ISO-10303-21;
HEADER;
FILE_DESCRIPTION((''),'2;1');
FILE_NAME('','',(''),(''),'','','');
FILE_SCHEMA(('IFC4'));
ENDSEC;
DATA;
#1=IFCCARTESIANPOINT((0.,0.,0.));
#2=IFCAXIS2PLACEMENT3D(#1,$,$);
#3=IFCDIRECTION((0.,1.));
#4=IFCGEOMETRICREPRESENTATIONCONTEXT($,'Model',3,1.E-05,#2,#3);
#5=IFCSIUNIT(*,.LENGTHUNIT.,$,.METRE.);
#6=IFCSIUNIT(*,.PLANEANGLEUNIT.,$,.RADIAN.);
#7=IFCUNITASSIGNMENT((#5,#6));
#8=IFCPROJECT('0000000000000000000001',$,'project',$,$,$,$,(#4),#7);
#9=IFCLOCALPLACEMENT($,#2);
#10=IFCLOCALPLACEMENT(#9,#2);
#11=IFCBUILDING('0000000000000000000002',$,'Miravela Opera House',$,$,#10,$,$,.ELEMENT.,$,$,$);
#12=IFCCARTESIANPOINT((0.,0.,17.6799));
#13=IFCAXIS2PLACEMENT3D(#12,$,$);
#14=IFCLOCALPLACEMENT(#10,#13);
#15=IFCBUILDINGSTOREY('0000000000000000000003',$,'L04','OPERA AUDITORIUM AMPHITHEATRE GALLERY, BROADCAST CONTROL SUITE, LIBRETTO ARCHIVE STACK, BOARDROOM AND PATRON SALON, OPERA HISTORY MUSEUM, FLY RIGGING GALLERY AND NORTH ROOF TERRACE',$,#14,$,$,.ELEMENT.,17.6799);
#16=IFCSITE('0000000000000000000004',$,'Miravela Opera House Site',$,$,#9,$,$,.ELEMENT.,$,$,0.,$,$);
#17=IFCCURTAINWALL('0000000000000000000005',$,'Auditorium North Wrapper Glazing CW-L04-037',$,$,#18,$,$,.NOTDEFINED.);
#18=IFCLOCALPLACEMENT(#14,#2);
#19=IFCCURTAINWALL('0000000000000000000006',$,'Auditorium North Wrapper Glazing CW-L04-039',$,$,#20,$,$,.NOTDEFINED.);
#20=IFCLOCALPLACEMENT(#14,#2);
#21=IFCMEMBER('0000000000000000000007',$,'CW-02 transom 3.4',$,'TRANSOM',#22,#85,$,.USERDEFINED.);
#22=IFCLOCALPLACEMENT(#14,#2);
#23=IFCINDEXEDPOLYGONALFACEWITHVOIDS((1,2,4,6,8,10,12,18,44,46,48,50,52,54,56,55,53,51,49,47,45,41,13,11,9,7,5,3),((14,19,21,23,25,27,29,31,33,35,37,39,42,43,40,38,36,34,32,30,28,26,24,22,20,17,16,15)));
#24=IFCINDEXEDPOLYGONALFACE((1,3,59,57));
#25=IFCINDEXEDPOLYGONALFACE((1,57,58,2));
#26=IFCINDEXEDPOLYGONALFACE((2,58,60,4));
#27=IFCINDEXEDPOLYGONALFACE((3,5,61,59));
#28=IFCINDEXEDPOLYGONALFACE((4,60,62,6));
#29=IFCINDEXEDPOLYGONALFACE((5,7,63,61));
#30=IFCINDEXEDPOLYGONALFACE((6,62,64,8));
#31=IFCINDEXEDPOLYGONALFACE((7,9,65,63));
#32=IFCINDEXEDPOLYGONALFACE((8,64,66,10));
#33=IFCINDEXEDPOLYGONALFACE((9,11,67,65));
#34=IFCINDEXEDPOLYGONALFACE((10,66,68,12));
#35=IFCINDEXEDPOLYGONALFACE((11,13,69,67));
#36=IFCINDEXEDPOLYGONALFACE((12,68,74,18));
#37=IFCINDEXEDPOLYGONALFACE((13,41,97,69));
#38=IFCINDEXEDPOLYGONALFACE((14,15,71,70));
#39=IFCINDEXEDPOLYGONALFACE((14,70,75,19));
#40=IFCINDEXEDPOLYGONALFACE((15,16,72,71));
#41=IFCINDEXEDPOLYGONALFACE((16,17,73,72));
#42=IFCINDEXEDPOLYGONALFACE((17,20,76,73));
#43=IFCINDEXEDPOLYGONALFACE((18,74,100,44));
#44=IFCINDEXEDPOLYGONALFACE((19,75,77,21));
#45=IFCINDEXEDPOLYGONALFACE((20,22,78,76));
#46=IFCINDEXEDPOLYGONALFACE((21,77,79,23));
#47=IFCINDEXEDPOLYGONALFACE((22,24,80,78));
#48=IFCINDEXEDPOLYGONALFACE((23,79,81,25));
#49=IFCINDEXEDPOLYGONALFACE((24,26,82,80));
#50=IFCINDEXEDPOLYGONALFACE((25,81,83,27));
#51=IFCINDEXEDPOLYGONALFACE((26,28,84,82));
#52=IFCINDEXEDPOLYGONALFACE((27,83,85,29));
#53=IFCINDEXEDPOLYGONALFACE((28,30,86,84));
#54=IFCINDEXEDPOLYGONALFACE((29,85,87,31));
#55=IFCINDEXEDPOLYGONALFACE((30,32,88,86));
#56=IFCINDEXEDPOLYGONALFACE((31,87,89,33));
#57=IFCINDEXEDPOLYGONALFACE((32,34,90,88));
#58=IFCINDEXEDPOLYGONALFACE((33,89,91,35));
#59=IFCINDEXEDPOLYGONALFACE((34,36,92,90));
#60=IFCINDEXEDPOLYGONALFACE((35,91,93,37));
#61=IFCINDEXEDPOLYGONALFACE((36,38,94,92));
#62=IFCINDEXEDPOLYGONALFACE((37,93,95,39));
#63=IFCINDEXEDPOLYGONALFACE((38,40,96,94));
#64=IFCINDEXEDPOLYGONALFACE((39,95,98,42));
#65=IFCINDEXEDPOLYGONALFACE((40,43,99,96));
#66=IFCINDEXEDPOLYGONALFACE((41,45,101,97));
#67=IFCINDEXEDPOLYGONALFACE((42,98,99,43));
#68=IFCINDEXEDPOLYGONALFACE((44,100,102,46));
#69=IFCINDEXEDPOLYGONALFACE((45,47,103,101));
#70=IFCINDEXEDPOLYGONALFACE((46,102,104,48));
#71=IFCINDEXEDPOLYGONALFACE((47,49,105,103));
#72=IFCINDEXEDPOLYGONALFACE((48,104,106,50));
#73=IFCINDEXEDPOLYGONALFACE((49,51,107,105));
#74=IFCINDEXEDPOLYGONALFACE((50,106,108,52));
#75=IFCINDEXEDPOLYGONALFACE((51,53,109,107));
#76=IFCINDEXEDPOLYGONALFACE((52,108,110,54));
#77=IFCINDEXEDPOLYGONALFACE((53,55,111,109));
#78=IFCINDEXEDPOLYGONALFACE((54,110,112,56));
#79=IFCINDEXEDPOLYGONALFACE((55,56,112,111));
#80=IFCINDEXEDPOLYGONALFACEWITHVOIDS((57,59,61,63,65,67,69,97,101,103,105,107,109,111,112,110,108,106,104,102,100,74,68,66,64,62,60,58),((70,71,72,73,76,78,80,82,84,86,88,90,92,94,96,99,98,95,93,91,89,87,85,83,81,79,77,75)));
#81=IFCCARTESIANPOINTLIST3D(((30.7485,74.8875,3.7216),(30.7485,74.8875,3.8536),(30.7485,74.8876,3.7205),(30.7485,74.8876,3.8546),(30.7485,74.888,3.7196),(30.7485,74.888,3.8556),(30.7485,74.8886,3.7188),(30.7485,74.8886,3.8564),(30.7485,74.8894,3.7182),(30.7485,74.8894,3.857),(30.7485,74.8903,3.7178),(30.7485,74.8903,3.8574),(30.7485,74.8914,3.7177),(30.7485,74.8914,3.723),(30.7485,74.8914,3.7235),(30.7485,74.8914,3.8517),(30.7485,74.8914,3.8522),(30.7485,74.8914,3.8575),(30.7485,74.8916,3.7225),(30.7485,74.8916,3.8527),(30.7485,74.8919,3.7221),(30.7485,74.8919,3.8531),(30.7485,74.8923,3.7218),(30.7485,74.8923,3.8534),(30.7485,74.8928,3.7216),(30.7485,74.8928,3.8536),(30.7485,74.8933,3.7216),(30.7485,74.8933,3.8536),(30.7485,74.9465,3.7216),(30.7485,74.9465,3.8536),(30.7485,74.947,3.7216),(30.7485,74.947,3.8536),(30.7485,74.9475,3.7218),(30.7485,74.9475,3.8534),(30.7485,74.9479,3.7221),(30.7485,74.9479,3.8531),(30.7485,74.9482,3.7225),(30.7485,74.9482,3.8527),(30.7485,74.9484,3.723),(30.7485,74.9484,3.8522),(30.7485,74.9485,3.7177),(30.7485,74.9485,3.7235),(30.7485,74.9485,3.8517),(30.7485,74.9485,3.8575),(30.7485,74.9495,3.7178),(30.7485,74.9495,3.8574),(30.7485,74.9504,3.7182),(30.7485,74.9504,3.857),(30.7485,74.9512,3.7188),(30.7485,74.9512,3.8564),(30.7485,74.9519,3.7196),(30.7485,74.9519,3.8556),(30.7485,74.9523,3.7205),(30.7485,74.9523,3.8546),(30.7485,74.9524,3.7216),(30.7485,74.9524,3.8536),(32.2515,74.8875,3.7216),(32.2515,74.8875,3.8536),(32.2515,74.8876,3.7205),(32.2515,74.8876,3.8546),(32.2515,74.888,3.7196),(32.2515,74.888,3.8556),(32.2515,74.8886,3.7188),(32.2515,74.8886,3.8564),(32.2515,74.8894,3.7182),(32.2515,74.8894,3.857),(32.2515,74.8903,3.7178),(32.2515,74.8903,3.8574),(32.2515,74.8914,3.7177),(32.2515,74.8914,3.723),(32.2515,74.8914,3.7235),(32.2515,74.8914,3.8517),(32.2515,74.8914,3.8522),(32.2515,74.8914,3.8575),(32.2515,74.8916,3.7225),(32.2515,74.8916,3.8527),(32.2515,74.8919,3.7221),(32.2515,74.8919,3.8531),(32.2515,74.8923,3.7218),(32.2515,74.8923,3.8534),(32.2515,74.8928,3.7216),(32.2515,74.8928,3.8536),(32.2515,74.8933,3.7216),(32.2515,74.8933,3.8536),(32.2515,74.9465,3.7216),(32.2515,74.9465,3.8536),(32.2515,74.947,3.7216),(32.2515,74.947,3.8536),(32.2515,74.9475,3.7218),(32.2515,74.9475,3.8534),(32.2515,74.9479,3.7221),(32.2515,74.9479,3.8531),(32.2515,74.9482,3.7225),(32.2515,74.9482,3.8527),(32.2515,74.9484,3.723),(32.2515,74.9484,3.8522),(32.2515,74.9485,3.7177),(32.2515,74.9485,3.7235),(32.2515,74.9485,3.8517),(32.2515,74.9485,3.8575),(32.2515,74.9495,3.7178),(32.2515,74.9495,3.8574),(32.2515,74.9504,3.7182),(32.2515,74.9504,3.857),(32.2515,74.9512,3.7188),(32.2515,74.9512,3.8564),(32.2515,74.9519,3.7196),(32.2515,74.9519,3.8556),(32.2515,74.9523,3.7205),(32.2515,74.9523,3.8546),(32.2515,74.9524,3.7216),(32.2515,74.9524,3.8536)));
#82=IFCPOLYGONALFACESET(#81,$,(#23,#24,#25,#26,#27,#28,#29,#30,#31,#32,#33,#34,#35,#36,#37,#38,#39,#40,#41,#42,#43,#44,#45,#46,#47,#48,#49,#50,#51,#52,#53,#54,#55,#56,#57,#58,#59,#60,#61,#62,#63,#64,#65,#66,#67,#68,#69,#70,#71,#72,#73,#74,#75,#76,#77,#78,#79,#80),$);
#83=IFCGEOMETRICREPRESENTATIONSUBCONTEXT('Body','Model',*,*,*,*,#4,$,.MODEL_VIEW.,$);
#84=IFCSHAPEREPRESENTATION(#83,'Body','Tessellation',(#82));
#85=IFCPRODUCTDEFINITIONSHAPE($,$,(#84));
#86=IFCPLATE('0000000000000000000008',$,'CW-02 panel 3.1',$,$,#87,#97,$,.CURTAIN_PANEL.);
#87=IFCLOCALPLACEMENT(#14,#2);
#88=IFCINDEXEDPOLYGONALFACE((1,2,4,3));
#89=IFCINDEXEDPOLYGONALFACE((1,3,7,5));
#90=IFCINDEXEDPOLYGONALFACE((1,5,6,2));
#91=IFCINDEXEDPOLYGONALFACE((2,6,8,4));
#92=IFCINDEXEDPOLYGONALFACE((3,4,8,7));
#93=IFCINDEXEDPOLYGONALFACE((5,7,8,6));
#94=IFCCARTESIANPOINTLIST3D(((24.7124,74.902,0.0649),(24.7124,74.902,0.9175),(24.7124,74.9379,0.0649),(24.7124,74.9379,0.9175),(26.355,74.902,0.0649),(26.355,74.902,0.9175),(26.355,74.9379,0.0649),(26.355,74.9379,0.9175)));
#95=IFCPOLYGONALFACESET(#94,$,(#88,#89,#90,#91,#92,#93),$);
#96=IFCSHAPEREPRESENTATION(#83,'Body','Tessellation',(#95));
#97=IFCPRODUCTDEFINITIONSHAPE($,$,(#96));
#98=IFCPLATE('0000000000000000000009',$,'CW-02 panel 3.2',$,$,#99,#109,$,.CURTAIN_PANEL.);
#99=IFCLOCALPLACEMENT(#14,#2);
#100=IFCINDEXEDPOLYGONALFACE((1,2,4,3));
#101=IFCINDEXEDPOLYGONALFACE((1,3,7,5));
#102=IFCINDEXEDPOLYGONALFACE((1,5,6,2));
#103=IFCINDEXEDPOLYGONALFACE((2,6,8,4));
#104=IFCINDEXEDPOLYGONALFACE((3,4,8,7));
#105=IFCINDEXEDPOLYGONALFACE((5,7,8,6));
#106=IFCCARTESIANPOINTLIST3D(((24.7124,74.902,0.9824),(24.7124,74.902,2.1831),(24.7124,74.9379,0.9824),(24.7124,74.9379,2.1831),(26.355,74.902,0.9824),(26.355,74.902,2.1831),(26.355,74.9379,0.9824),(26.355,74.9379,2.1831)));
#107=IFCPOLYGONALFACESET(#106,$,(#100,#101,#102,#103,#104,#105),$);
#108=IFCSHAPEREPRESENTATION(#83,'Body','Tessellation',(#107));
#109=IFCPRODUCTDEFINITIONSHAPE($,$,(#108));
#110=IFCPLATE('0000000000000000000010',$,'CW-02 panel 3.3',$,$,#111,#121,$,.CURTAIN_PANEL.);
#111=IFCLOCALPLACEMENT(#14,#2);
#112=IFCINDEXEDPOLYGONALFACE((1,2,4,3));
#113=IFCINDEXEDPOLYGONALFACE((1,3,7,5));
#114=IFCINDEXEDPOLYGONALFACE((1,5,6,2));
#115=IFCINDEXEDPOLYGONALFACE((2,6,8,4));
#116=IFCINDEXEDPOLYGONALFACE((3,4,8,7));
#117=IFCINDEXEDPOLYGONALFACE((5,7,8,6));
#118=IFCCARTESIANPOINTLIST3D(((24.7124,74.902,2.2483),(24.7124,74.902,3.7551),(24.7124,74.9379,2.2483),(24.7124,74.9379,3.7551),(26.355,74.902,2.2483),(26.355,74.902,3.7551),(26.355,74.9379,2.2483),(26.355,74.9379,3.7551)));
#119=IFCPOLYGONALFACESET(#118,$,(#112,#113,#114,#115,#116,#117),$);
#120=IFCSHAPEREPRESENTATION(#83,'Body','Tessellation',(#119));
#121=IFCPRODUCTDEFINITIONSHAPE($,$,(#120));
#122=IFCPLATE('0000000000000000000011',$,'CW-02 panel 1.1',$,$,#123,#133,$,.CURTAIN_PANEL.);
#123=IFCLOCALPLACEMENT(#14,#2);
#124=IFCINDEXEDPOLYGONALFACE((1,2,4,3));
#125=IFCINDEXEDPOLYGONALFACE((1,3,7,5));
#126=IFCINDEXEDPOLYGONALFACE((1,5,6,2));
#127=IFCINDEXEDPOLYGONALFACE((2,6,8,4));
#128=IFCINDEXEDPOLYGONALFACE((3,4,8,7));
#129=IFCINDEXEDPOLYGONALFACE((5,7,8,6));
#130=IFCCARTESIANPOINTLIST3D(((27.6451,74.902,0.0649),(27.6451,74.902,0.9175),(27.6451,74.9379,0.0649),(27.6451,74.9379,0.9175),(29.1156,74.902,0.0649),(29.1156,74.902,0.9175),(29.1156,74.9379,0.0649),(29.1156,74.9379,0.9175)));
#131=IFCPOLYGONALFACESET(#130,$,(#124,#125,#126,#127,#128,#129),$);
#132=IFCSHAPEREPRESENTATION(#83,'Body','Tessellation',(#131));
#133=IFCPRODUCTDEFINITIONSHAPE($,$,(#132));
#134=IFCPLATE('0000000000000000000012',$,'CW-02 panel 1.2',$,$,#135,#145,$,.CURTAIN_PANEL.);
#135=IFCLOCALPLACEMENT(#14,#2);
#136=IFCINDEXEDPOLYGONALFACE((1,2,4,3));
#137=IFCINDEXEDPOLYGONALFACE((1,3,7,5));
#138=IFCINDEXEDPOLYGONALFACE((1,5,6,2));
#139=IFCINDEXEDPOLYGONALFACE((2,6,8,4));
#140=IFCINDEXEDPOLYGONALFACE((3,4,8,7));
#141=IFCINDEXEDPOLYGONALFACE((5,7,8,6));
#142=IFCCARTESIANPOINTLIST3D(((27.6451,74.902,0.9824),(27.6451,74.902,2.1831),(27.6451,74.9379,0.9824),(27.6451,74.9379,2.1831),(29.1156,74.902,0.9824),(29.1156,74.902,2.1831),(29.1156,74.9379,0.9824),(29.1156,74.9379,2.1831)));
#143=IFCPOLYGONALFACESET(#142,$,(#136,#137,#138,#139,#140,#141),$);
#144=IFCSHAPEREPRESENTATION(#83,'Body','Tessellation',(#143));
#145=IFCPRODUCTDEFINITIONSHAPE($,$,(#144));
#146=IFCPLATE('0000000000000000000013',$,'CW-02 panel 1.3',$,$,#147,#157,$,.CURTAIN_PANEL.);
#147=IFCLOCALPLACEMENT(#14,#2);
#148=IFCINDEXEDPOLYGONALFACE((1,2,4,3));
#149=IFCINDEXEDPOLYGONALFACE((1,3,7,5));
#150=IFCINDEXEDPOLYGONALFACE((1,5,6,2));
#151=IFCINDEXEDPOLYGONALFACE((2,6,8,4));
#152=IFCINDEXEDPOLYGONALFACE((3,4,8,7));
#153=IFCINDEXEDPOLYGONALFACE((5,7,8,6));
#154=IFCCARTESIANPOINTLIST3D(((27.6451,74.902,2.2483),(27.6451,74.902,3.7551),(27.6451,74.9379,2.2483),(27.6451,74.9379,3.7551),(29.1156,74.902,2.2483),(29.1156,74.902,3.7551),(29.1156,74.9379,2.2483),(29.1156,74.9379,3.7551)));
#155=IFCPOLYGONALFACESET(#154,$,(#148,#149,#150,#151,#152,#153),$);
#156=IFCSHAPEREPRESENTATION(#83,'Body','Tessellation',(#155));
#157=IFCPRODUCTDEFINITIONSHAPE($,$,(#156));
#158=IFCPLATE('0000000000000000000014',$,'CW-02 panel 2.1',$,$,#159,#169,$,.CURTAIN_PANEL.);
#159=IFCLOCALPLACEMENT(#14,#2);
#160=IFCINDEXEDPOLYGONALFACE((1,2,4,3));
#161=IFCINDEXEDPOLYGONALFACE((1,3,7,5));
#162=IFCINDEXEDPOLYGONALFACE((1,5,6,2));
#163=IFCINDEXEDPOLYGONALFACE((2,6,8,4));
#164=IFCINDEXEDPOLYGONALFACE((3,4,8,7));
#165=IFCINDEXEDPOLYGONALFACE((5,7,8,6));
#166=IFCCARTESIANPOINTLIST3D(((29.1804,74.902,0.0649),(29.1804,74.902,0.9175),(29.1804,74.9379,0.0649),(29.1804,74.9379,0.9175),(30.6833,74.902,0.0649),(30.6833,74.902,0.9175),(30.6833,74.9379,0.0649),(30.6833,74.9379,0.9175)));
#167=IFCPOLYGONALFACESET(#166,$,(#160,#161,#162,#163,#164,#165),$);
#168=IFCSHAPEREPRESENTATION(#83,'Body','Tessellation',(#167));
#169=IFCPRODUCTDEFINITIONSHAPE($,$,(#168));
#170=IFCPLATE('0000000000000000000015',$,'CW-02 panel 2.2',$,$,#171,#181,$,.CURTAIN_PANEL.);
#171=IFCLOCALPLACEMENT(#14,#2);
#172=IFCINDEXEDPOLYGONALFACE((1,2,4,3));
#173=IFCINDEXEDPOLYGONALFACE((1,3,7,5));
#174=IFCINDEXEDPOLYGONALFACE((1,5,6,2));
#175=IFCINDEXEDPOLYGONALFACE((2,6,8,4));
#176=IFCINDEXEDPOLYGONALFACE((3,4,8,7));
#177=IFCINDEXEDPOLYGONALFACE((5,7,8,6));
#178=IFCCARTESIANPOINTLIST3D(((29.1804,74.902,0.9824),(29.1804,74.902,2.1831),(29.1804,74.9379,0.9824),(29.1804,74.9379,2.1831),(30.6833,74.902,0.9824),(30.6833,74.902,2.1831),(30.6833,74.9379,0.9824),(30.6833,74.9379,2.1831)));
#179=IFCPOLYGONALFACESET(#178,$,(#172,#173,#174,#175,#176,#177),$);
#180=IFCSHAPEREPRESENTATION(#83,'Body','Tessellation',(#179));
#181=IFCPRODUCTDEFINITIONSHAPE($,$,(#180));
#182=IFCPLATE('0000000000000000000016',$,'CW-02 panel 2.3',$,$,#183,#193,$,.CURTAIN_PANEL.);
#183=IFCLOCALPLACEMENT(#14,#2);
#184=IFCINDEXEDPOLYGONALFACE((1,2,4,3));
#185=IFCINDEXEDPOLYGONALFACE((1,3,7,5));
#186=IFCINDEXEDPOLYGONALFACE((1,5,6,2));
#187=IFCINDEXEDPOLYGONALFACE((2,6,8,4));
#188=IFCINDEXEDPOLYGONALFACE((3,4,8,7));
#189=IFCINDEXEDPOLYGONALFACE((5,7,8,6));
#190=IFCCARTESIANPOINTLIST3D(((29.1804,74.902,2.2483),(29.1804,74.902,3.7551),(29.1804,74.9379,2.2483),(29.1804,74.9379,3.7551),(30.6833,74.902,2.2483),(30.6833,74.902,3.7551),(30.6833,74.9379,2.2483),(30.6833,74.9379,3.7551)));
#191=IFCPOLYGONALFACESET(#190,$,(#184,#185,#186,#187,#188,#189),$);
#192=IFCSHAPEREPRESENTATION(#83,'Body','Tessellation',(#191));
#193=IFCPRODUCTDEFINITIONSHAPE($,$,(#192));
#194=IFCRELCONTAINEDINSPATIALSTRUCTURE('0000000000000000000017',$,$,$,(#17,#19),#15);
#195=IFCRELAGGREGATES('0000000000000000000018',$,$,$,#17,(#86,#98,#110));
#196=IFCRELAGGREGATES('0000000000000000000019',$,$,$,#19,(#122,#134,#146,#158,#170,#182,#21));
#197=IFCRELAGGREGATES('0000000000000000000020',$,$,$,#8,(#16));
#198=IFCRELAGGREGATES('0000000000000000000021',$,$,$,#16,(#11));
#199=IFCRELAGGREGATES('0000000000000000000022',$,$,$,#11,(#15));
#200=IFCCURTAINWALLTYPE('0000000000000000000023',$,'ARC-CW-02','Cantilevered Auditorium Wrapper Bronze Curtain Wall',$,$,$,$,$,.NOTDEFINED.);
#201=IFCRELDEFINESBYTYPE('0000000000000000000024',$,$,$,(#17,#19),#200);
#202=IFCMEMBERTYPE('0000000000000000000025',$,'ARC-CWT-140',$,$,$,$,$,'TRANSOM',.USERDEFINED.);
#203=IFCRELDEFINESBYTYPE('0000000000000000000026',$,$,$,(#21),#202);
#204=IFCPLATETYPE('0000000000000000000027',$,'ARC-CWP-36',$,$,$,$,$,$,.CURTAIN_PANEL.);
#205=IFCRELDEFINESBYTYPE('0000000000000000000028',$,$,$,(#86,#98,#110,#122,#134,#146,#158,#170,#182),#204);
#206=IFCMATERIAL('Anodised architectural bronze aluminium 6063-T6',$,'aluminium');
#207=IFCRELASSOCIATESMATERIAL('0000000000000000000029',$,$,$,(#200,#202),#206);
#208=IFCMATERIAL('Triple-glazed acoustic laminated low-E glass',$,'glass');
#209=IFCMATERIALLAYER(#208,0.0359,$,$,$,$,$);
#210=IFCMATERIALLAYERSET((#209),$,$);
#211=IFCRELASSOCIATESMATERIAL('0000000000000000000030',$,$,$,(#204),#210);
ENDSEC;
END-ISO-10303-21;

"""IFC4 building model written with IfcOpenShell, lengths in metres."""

from ifc_helpers import new_model, si_unit, direction, frame, origin, origin_2d, place, context, subcontext, project, spatial, rectangle, hollow_rectangle, extrude, material, layer, layer_set, material_profile, profile_set, type_object, element, aggregate, save


model = new_model("IFC4")

# Units and contexts
model_context = context("Model", 3, precision=1e-05, world=origin(), true_north=direction((0.0, 1.0)))
body_context = subcontext(model_context, "Body", "Model", "MODEL_VIEW")
ifc_project = project(units=[si_unit("LENGTHUNIT", "METRE"), si_unit("PLANEANGLEUNIT", "RADIAN")], contexts=[model_context])

# Site, building, storey
site_placement = place(None, origin())
site = spatial("IfcSite", under=ifc_project, at=site_placement, Name="Miravela Opera House Site", CompositionType="ELEMENT", RefElevation=0.0)
building_placement = place(site_placement, origin())
building = spatial("IfcBuilding", under=site, at=building_placement, Name="Miravela Opera House", CompositionType="ELEMENT")
storey_placement = place(building_placement, frame((0.0, 0.0, 17.6799)))
storey = spatial("IfcBuildingStorey", under=building, at=storey_placement, Name="L04", Description="OPERA AUDITORIUM AMPHITHEATRE GALLERY, BROADCAST CONTROL SUITE, LIBRETTO ARCHIVE STACK, BOARDROOM AND PATRON SALON, OPERA HISTORY MUSEUM, FLY RIGGING GALLERY AND NORTH ROOF TERRACE", CompositionType="ELEMENT", Elevation=17.6799)

# Curtain wall
ifc_material_1 = material(Name="Anodised architectural bronze aluminium 6063-T6", Category="aluminium")
curtain_wall_type = type_object("IfcCurtainWallType", Name="ARC-CW-02", Description="Cantilevered Auditorium Wrapper Bronze Curtain Wall", PredefinedType="NOTDEFINED", material=ifc_material_1)
curtain_wall_1_placement = place(storey_placement, origin())
curtain_wall_1 = element("IfcCurtainWall", 1, at=curtain_wall_1_placement, inside=storey, type_object=curtain_wall_type, Name="Auditorium North Wrapper Glazing CW-L04-037", PredefinedType="NOTDEFINED")

# Curtain wall
curtain_wall_2_placement = place(storey_placement, origin())
curtain_wall_2 = element("IfcCurtainWall", 2, at=curtain_wall_2_placement, inside=storey, type_object=curtain_wall_type, Name="Auditorium North Wrapper Glazing CW-L04-039", PredefinedType="NOTDEFINED")

# Member
ifc_material_profile_1 = material_profile(ifc_material_1, hollow_rectangle(XDim=0.0649, YDim=0.1399, WallThickness=0.0039, InnerFilletRadius=0.002, OuterFilletRadius=0.0039, at=origin_2d()), Name="CWT-65X140")
ifc_profile_set_1 = profile_set([ifc_material_profile_1])
member_type_1 = type_object("IfcMemberType", Name="ARC-CWT-140", ElementType="TRANSOM", PredefinedType="USERDEFINED", material=ifc_profile_set_1)
member_1_placement = place(storey_placement, frame((30.7485, 74.9199, 3.7876), z_axis=(1.0, 0.0, 0.0), x_axis=(0.0, 1.0, 0.0)))
member_1 = element("IfcMember", 3, at=member_1_placement, type_object=member_type_1, Name="CW-02 transom 3.4", ObjectType="TRANSOM", PredefinedType="USERDEFINED", context=body_context, shape_type="SweptSolid", body=[
    extrude(hollow_rectangle(XDim=0.0649, YDim=0.1399, WallThickness=0.0039, InnerFilletRadius=0.002, OuterFilletRadius=0.0039, at=origin_2d()), origin(), (0.0, 0.0, 1.0), 1.5029),
])

# Plates
ifc_material_2 = material(Name="Triple-glazed acoustic laminated low-E glass", Category="glass")
ifc_layer = layer(ifc_material_2, 0.0359)
ifc_layer_set = layer_set([ifc_layer])
plate_type = type_object("IfcPlateType", Name="ARC-CWP-36", PredefinedType="CURTAIN_PANEL", material=ifc_layer_set)
plate_1_placement = place(storey_placement, frame((25.5337, 74.9199, 0.0649), z_axis=(0.0, 0.0, 1.0), x_axis=(1.0, 0.0, 0.0)))
plate_1 = element("IfcPlate", 4, at=plate_1_placement, type_object=plate_type, Name="CW-02 panel 3.1", PredefinedType="CURTAIN_PANEL", context=body_context, shape_type="SweptSolid", body=[
    extrude(rectangle(XDim=1.6426, YDim=0.0359, at=origin_2d()), origin(), (0.0, 0.0, 1.0), 0.8525),
])
plate_2_placement = place(storey_placement, frame((25.5337, 74.9199, 0.9824), z_axis=(0.0, 0.0, 1.0), x_axis=(1.0, 0.0, 0.0)))
plate_2 = element("IfcPlate", 5, at=plate_2_placement, type_object=plate_type, Name="CW-02 panel 3.2", PredefinedType="CURTAIN_PANEL", context=body_context, shape_type="SweptSolid", body=[
    extrude(rectangle(XDim=1.6426, YDim=0.0359, at=origin_2d()), origin(), (0.0, 0.0, 1.0), 1.2007),
])
plate_3_placement = place(storey_placement, frame((25.5337, 74.9199, 2.2483), z_axis=(0.0, 0.0, 1.0), x_axis=(1.0, 0.0, 0.0)))
plate_3 = element("IfcPlate", 6, at=plate_3_placement, type_object=plate_type, Name="CW-02 panel 3.3", PredefinedType="CURTAIN_PANEL", context=body_context, shape_type="SweptSolid", body=[
    extrude(rectangle(XDim=1.6426, YDim=0.0359, at=origin_2d()), origin(), (0.0, 0.0, 1.0), 1.5068),
])
aggregate(curtain_wall_1, [plate_1, plate_2, plate_3])
plate_4_placement = place(storey_placement, frame((28.3804, 74.9199, 0.0649), z_axis=(0.0, 0.0, 1.0), x_axis=(1.0, 0.0, 0.0)))
plate_4 = element("IfcPlate", 7, at=plate_4_placement, type_object=plate_type, Name="CW-02 panel 1.1", PredefinedType="CURTAIN_PANEL", context=body_context, shape_type="SweptSolid", body=[
    extrude(rectangle(XDim=1.4705, YDim=0.0359, at=origin_2d()), origin(), (0.0, 0.0, 1.0), 0.8525),
])
plate_5_placement = place(storey_placement, frame((28.3804, 74.9199, 0.9824), z_axis=(0.0, 0.0, 1.0), x_axis=(1.0, 0.0, 0.0)))
plate_5 = element("IfcPlate", 8, at=plate_5_placement, type_object=plate_type, Name="CW-02 panel 1.2", PredefinedType="CURTAIN_PANEL", context=body_context, shape_type="SweptSolid", body=[
    extrude(rectangle(XDim=1.4705, YDim=0.0359, at=origin_2d()), origin(), (0.0, 0.0, 1.0), 1.2007),
])
plate_6_placement = place(storey_placement, frame((28.3804, 74.9199, 2.2483), z_axis=(0.0, 0.0, 1.0), x_axis=(1.0, 0.0, 0.0)))
plate_6 = element("IfcPlate", 9, at=plate_6_placement, type_object=plate_type, Name="CW-02 panel 1.3", PredefinedType="CURTAIN_PANEL", context=body_context, shape_type="SweptSolid", body=[
    extrude(rectangle(XDim=1.4705, YDim=0.0359, at=origin_2d()), origin(), (0.0, 0.0, 1.0), 1.5068),
])
plate_7_placement = place(storey_placement, frame((29.9319, 74.9199, 0.0649), z_axis=(0.0, 0.0, 1.0), x_axis=(1.0, 0.0, 0.0)))
plate_7 = element("IfcPlate", 10, at=plate_7_placement, type_object=plate_type, Name="CW-02 panel 2.1", PredefinedType="CURTAIN_PANEL", context=body_context, shape_type="SweptSolid", body=[
    extrude(rectangle(XDim=1.5029, YDim=0.0359, at=origin_2d()), origin(), (0.0, 0.0, 1.0), 0.8525),
])
plate_8_placement = place(storey_placement, frame((29.9319, 74.9199, 0.9824), z_axis=(0.0, 0.0, 1.0), x_axis=(1.0, 0.0, 0.0)))
plate_8 = element("IfcPlate", 11, at=plate_8_placement, type_object=plate_type, Name="CW-02 panel 2.2", PredefinedType="CURTAIN_PANEL", context=body_context, shape_type="SweptSolid", body=[
    extrude(rectangle(XDim=1.5029, YDim=0.0359, at=origin_2d()), origin(), (0.0, 0.0, 1.0), 1.2007),
])
plate_9_placement = place(storey_placement, frame((29.9319, 74.9199, 2.2483), z_axis=(0.0, 0.0, 1.0), x_axis=(1.0, 0.0, 0.0)))
plate_9 = element("IfcPlate", 12, at=plate_9_placement, type_object=plate_type, Name="CW-02 panel 2.3", PredefinedType="CURTAIN_PANEL", context=body_context, shape_type="SweptSolid", body=[
    extrude(rectangle(XDim=1.5029, YDim=0.0359, at=origin_2d()), origin(), (0.0, 0.0, 1.0), 1.5068),
])
aggregate(curtain_wall_2, [plate_4, plate_5, plate_6, plate_7, plate_8, plate_9, member_1])

save(model, "model.ifc")
